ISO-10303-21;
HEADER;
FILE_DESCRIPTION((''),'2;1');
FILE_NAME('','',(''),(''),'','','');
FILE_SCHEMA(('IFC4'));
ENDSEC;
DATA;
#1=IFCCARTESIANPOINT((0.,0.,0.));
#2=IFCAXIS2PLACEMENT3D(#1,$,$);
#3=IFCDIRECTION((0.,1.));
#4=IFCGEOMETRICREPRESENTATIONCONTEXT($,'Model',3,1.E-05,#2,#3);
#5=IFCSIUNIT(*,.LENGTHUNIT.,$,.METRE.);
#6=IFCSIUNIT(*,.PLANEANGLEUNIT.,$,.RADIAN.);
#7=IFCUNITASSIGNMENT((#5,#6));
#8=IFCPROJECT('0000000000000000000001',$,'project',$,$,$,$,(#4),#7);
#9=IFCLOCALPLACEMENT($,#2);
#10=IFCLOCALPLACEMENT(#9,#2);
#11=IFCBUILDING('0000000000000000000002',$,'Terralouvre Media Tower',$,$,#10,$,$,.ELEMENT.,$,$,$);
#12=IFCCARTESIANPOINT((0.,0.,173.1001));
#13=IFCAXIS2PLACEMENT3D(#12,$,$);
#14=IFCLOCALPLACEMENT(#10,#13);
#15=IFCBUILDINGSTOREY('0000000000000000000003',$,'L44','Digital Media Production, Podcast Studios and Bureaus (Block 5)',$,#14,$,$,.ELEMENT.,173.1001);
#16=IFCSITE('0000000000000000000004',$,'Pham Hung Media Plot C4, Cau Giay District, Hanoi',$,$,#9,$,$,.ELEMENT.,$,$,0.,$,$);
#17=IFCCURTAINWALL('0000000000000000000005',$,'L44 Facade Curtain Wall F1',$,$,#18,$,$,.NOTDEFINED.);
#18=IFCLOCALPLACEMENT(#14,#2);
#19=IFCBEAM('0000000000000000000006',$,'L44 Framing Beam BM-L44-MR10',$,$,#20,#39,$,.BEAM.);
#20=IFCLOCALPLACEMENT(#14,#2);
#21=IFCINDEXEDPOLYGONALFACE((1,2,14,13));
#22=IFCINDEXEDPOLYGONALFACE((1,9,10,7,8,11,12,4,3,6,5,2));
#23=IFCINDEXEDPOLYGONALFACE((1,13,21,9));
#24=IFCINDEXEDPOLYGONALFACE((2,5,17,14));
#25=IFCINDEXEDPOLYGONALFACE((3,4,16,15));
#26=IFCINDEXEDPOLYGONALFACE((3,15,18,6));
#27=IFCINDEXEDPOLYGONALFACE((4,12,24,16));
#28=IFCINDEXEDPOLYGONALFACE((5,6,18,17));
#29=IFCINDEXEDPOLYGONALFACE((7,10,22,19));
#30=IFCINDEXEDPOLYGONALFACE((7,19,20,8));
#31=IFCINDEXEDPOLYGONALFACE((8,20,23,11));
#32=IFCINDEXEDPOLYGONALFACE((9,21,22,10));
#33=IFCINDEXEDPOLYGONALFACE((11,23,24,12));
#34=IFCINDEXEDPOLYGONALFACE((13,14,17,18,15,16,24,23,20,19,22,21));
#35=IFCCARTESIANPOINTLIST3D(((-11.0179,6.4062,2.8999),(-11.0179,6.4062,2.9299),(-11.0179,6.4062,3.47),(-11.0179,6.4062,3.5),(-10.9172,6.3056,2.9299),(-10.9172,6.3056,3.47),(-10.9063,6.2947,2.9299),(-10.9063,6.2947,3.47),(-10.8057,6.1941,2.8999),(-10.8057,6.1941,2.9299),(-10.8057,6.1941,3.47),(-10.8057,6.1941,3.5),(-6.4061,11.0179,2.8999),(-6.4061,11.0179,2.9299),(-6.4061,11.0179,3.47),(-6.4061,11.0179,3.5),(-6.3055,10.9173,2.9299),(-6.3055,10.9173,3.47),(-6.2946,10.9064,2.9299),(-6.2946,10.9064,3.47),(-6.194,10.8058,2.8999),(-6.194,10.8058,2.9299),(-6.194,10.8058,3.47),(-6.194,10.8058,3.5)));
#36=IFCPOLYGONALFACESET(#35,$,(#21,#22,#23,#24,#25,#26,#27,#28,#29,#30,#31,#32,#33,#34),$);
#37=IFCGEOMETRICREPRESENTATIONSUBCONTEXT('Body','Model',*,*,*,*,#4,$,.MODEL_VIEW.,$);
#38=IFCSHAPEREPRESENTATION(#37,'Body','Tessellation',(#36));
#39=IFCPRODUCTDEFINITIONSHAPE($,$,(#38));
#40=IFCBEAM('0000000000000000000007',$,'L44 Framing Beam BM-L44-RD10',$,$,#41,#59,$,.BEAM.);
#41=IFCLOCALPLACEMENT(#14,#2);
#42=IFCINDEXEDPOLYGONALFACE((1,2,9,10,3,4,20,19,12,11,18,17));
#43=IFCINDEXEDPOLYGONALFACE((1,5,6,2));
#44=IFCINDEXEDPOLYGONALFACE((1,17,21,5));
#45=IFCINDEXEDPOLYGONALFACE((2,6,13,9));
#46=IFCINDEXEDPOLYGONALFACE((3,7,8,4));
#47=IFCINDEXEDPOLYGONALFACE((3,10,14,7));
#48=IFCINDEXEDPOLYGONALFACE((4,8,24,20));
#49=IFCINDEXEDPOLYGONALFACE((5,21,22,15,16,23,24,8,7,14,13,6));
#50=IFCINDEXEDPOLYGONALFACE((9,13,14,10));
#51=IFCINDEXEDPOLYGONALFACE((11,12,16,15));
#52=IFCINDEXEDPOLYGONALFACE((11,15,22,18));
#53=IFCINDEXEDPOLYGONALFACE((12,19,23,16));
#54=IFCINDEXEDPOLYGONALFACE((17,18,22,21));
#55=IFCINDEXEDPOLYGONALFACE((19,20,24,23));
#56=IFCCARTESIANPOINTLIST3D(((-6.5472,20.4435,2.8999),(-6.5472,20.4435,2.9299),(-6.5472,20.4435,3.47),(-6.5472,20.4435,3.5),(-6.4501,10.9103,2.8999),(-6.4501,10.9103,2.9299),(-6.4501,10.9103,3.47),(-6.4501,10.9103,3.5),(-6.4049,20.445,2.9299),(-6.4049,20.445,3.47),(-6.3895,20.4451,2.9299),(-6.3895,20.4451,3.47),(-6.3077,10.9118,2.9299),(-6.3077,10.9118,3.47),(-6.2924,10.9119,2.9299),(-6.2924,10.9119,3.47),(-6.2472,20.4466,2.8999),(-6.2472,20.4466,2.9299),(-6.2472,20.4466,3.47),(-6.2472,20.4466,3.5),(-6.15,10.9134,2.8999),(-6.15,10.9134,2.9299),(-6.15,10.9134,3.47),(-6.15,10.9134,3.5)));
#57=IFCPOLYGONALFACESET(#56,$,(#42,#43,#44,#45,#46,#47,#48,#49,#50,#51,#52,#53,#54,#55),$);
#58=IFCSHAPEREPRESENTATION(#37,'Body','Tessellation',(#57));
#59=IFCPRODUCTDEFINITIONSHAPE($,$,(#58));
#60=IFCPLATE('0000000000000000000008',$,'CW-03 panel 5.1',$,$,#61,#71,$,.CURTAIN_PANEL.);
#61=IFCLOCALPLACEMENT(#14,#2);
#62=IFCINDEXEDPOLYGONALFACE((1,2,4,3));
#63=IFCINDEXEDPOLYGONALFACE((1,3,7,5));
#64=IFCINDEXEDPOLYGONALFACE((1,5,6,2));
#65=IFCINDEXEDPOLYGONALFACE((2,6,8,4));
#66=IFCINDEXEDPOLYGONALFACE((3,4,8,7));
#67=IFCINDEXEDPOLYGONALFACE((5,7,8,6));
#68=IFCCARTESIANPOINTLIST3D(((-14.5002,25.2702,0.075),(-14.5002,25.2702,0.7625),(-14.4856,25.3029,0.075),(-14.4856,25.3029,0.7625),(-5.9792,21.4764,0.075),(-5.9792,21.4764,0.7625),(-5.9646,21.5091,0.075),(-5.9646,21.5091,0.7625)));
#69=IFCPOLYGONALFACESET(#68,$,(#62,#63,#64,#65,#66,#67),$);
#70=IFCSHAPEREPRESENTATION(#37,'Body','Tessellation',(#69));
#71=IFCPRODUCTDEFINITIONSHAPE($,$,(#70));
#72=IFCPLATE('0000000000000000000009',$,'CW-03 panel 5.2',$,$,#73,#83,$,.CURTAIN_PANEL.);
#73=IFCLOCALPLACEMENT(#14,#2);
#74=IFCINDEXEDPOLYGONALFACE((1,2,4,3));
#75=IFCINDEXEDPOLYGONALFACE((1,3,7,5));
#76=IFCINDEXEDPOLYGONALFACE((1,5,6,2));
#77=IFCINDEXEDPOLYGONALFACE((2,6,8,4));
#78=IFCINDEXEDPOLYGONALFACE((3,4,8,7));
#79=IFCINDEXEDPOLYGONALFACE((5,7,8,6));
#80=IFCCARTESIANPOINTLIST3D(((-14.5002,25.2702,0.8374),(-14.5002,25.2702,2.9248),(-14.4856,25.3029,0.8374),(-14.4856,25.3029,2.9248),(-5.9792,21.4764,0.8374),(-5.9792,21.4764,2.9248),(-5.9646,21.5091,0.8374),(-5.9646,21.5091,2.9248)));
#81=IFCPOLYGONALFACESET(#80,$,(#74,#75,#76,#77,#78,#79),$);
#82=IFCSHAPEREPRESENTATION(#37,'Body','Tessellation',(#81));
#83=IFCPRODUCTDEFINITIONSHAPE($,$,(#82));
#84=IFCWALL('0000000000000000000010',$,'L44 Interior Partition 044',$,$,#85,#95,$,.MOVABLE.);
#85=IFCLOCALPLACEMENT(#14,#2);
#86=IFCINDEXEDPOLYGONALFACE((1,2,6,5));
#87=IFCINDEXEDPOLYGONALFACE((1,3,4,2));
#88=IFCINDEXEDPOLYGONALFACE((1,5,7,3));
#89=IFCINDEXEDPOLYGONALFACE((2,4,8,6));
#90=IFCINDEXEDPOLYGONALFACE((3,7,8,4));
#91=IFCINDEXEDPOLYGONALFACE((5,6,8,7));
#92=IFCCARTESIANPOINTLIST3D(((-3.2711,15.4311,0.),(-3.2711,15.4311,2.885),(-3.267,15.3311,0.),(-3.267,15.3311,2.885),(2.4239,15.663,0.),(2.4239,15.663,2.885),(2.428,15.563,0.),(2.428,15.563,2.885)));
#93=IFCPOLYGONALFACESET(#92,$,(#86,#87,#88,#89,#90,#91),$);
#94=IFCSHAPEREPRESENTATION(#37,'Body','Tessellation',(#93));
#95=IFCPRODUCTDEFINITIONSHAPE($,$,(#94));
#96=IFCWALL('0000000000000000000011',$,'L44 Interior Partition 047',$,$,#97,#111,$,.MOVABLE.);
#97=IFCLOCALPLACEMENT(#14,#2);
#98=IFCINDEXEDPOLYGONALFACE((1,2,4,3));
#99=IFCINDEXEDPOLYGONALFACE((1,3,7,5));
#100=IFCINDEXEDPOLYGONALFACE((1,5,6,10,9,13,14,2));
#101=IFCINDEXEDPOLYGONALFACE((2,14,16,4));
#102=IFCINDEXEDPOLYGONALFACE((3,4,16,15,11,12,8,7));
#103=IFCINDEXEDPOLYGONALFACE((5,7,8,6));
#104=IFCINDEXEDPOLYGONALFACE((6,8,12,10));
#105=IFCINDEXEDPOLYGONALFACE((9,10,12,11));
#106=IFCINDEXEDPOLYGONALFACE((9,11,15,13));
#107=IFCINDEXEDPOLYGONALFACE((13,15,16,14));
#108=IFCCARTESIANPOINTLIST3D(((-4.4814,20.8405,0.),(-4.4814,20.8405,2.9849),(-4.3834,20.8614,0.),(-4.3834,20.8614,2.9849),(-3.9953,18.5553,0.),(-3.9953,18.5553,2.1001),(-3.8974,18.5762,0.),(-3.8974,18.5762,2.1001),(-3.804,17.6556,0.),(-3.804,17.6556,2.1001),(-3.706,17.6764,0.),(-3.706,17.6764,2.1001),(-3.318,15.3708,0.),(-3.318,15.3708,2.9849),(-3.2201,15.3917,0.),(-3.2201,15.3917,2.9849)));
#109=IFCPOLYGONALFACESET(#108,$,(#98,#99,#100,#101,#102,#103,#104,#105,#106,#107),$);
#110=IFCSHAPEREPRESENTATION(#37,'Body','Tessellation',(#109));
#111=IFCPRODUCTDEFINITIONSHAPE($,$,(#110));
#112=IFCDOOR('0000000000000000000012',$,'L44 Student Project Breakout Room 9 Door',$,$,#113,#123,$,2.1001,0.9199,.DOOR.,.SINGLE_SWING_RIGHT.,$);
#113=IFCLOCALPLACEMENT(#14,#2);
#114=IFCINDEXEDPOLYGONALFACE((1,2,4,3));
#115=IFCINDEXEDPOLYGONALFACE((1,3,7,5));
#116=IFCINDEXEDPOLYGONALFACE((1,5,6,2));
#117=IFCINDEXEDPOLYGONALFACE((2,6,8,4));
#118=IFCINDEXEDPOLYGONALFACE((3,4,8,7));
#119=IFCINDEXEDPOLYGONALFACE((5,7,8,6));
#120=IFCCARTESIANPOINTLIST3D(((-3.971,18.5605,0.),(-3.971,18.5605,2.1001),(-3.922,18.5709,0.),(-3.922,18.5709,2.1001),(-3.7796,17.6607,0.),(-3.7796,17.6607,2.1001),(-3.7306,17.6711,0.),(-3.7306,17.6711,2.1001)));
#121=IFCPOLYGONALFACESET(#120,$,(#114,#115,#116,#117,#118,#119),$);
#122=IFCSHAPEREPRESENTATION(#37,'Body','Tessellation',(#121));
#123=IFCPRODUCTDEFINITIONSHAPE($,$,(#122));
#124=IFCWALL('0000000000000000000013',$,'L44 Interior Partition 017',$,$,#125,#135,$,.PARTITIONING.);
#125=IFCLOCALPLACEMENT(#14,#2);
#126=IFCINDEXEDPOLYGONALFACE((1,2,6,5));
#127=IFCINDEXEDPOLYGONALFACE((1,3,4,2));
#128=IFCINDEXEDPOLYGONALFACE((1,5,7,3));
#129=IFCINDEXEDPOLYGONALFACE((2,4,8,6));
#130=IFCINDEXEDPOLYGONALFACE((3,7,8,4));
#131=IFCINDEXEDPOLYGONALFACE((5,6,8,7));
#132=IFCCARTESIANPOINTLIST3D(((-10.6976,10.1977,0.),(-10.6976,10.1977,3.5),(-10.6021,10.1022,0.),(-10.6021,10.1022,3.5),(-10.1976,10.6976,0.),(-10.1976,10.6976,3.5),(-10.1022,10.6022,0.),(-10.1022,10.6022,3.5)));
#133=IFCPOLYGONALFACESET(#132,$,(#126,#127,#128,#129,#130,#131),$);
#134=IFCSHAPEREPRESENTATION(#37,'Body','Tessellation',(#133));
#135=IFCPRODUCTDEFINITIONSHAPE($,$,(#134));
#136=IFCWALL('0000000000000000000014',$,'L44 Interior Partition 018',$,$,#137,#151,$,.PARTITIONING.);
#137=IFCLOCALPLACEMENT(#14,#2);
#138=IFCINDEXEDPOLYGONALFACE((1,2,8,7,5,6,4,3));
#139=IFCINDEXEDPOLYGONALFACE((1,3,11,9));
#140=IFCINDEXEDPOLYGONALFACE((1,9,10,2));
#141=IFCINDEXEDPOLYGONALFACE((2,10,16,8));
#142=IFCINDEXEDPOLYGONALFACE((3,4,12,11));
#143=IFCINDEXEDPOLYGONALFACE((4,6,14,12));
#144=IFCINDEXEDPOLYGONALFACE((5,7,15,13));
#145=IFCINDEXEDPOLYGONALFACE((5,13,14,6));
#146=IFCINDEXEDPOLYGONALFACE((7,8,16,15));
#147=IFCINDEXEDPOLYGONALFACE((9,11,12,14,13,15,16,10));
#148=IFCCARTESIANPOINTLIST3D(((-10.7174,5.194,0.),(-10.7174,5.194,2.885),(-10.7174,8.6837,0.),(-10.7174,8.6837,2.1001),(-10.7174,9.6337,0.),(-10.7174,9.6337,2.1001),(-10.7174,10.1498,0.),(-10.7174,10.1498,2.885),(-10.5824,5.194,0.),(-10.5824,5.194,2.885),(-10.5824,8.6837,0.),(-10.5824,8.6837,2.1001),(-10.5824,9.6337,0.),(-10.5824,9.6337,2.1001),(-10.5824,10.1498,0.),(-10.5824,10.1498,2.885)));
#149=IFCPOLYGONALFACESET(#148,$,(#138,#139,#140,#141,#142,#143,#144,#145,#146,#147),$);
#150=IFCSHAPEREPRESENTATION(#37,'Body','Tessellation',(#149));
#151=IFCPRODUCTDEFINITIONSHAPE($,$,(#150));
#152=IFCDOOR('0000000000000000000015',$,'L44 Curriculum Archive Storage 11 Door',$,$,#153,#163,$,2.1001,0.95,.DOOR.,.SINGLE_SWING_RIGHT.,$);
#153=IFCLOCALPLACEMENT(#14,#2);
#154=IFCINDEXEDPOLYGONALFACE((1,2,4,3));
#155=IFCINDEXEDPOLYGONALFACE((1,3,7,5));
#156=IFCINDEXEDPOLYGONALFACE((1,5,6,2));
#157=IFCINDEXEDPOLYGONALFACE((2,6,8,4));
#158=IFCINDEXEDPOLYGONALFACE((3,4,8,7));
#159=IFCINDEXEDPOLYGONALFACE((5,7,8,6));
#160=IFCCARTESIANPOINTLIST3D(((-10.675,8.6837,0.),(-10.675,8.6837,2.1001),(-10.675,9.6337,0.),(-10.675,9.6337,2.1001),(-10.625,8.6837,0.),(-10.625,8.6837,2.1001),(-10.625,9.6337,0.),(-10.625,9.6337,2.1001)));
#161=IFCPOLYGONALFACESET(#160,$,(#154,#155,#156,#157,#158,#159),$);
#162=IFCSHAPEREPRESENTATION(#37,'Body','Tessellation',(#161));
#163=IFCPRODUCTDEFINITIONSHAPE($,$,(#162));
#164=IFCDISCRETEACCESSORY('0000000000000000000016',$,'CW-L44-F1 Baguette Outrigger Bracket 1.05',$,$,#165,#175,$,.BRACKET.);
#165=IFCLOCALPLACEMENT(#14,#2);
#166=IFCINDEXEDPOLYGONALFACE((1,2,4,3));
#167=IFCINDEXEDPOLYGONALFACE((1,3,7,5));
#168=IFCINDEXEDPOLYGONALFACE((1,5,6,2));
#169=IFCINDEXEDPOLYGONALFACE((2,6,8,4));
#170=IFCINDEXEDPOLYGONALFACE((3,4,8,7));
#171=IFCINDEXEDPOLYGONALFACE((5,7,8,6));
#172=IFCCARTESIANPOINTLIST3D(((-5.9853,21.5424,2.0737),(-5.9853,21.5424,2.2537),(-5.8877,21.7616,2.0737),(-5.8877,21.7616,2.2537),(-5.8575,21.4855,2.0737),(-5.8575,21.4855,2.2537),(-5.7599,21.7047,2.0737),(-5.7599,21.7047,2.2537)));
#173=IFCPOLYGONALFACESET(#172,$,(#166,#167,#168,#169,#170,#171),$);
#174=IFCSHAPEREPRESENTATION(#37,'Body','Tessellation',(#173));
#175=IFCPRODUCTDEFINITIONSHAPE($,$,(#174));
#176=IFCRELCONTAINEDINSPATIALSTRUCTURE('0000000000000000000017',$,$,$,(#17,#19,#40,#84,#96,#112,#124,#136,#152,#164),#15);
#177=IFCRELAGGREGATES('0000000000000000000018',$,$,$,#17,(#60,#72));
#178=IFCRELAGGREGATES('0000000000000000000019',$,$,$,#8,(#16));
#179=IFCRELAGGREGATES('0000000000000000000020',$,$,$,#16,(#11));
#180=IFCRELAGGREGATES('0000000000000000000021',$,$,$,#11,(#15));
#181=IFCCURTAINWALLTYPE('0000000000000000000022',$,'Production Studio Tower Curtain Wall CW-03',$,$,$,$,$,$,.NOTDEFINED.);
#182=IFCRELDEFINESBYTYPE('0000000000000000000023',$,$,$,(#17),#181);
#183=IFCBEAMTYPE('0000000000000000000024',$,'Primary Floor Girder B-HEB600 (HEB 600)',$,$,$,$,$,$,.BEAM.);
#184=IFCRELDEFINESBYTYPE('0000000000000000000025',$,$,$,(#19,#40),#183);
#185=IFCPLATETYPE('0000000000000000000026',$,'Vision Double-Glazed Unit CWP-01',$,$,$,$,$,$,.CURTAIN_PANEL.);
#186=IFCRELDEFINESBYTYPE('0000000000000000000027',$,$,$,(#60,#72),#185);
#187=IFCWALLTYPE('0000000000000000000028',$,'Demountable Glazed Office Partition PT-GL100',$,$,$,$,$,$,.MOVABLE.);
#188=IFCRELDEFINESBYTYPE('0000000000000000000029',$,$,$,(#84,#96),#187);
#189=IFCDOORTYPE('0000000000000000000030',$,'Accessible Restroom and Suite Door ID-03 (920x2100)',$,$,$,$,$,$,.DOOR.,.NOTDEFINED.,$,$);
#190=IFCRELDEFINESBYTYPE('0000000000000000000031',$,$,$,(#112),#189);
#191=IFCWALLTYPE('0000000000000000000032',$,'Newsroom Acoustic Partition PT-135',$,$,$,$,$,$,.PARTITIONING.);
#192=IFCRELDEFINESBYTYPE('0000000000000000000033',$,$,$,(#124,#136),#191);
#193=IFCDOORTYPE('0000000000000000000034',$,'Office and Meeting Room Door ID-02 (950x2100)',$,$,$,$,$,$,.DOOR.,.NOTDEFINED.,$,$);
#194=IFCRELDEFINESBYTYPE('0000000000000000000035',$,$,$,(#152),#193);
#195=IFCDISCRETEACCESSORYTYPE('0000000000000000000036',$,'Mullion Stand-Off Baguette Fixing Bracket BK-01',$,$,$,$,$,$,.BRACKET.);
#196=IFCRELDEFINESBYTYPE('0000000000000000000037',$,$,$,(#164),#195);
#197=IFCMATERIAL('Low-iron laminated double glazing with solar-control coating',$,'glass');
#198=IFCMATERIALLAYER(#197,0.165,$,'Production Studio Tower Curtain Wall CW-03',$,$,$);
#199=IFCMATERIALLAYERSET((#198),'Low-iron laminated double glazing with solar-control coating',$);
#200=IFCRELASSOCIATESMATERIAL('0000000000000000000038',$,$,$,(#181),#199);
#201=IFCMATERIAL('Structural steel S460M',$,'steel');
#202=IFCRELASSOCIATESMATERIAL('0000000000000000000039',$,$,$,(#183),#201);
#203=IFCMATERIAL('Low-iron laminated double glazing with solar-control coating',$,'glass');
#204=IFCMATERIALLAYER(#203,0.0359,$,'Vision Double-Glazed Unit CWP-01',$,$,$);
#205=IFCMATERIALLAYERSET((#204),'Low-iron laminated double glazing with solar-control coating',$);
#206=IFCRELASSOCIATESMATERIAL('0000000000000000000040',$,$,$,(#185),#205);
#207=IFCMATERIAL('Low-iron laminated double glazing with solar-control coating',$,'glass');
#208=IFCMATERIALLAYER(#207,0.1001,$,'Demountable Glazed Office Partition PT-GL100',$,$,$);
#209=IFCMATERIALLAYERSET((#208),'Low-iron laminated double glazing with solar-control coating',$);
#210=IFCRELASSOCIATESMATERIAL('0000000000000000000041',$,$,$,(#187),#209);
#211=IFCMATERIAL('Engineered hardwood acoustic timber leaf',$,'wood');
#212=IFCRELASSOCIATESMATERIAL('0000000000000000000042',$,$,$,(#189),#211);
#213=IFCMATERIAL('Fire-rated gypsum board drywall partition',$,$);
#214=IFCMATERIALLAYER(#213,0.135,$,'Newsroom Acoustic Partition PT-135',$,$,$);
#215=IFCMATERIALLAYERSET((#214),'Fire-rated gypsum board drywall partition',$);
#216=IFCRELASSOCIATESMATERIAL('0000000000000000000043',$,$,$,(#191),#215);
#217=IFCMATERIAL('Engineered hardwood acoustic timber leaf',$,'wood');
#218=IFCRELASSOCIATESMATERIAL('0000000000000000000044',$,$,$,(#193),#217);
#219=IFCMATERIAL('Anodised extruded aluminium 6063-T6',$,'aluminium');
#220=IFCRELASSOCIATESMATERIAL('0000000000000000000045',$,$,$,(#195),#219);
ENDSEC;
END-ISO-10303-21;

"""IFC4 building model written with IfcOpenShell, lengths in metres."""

from ifc_helpers import new_model, si_unit, direction, frame, frame_2d, origin, origin_2d, place, context, subcontext, project, spatial, rectangle, i_section, extrude, material, layer, layer_set, material_profile, profile_set, type_object, element, fill, aggregate, save


model = new_model("IFC4")

# Units and contexts
model_context = context("Model", 3, precision=1e-05, world=origin(), true_north=direction((0.0, 1.0)))
body_context = subcontext(model_context, "Body", "Model", "MODEL_VIEW")
ifc_project = project(units=[si_unit("LENGTHUNIT", "METRE"), si_unit("PLANEANGLEUNIT", "RADIAN")], contexts=[model_context])

# Site, building, storey
site_placement = place(None, origin())
site = spatial("IfcSite", under=ifc_project, at=site_placement, Name="Pham Hung Media Plot C4, Cau Giay District, Hanoi", CompositionType="ELEMENT", RefElevation=0.0)
building_placement = place(site_placement, origin())
building = spatial("IfcBuilding", under=site, at=building_placement, Name="Terralouvre Media Tower", CompositionType="ELEMENT")
storey_placement = place(building_placement, frame((0.0, 0.0, 173.1001)))
storey = spatial("IfcBuildingStorey", under=building, at=storey_placement, Name="L44", Description="Digital Media Production, Podcast Studios and Bureaus (Block 5)", CompositionType="ELEMENT", Elevation=173.1001)

# Curtain wall
ifc_material_1 = material(Name="Low-iron laminated double glazing with solar-control coating", Category="glass")
ifc_layer_1 = layer(ifc_material_1, 0.165, Name="Production Studio Tower Curtain Wall CW-03")
ifc_layer_set_1 = layer_set([ifc_layer_1], Name="Low-iron laminated double glazing with solar-control coating")
curtain_wall_type_1 = type_object("IfcCurtainWallType", Name="Production Studio Tower Curtain Wall CW-03", PredefinedType="NOTDEFINED", material=ifc_layer_set_1)
curtain_wall_1_placement = place(storey_placement, origin())
curtain_wall_1 = element("IfcCurtainWall", 1, at=curtain_wall_1_placement, inside=storey, type_object=curtain_wall_type_1, Name="L44 Facade Curtain Wall F1", PredefinedType="NOTDEFINED")

# Beams
ifc_material_2 = material(Name="Structural steel S460M", Category="steel")
ifc_material_profile_1 = material_profile(ifc_material_2, i_section(OverallWidth=0.3, OverallDepth=0.6001, WebThickness=0.0154, FlangeThickness=0.03, at=origin_2d()), Name="HEB 600")
ifc_profile_set_1 = profile_set([ifc_material_profile_1], Name="Structural steel S460M")
beam_type_1 = type_object("IfcBeamType", Name="Primary Floor Girder B-HEB600 (HEB 600)", PredefinedType="BEAM", material=ifc_profile_set_1)
beam_1_placement = place(storey_placement, frame((-6.3, 10.9119, 3.2), z_axis=(-0.707107, -0.707107, 0.0), x_axis=(0.707107, -0.707107, 0.0)))
element("IfcBeam", 2, at=beam_1_placement, inside=storey, type_object=beam_type_1, Name="L44 Framing Beam BM-L44-MR10", PredefinedType="BEAM", context=body_context, shape_type="SweptSolid", body=[
    extrude(i_section(OverallWidth=0.3, OverallDepth=0.6001, WebThickness=0.0154, FlangeThickness=0.03, at=origin_2d()), origin(), (0.0, 0.0, 1.0), 6.522),
])
beam_2_placement = place(storey_placement, frame((-6.3, 10.9119, 3.2), z_axis=(-0.010192, 0.999948, 0.0), x_axis=(-0.999948, -0.010192, 0.0)))
element("IfcBeam", 3, at=beam_2_placement, inside=storey, type_object=beam_type_1, Name="L44 Framing Beam BM-L44-RD10", PredefinedType="BEAM", context=body_context, shape_type="SweptSolid", body=[
    extrude(i_section(OverallWidth=0.3, OverallDepth=0.6001, WebThickness=0.0154, FlangeThickness=0.03, at=origin_2d()), origin(), (0.0, 0.0, 1.0), 9.5337),
])

# Plates
ifc_material_3 = material(Name="Low-iron laminated double glazing with solar-control coating", Category="glass")
ifc_layer_2 = layer(ifc_material_3, 0.0359, Name="Vision Double-Glazed Unit CWP-01")
ifc_layer_set_2 = layer_set([ifc_layer_2], Name="Low-iron laminated double glazing with solar-control coating")
plate_type = type_object("IfcPlateType", Name="Vision Double-Glazed Unit CWP-01", PredefinedType="CURTAIN_PANEL", material=ifc_layer_set_2)
plate_1_placement = place(storey_placement, frame((-10.2324, 23.3896, 0.075), z_axis=(0.0, 0.0, 1.0), x_axis=(-0.913545, 0.406737, 0.0)))
plate_1 = element("IfcPlate", 4, at=plate_1_placement, type_object=plate_type, Name="CW-03 panel 5.1", PredefinedType="CURTAIN_PANEL", context=body_context, shape_type="SweptSolid", body=[
    extrude(rectangle(XDim=9.3274, YDim=0.0359, at=origin_2d()), origin(), (0.0, 0.0, 1.0), 0.6875),
])
plate_2_placement = place(storey_placement, frame((-10.2324, 23.3896, 0.8374), z_axis=(0.0, 0.0, 1.0), x_axis=(-0.913545, 0.406737, 0.0)))
plate_2 = element("IfcPlate", 5, at=plate_2_placement, type_object=plate_type, Name="CW-03 panel 5.2", PredefinedType="CURTAIN_PANEL", context=body_context, shape_type="SweptSolid", body=[
    extrude(rectangle(XDim=9.3274, YDim=0.0359, at=origin_2d()), origin(), (0.0, 0.0, 1.0), 2.0874),
])
aggregate(curtain_wall_1, [plate_1, plate_2])

# Wall
ifc_material_4 = material(Name="Low-iron laminated double glazing with solar-control coating", Category="glass")
ifc_layer_3 = layer(ifc_material_4, 0.1001, Name="Demountable Glazed Office Partition PT-GL100")
ifc_layer_set_3 = layer_set([ifc_layer_3], Name="Low-iron laminated double glazing with solar-control coating")
wall_type_1 = type_object("IfcWallType", Name="Demountable Glazed Office Partition PT-GL100", PredefinedType="MOVABLE", material=ifc_layer_set_3)
wall_1_placement = place(storey_placement, frame((-3.269, 15.3811, 0.0), z_axis=(0.0, 0.0, 1.0), x_axis=(0.999172, 0.040692, 0.0)))
element("IfcWall", 6, at=wall_1_placement, inside=storey, type_object=wall_type_1, Name="L44 Interior Partition 044", PredefinedType="MOVABLE", context=body_context, shape_type="SweptSolid", body=[
    extrude(rectangle(XDim=5.6997, YDim=0.1001, at=frame_2d((2.8499, 0.0))), origin(), (0.0, 0.0, 1.0), 2.885),
])

# Wall, opening, door
wall_2_placement = place(storey_placement, frame((-4.4324, 20.8508, 0.0), z_axis=(0.0, 0.0, 1.0), x_axis=(0.208032, -0.978122, 0.0)))
wall_2 = element("IfcWall", 7, at=wall_2_placement, inside=storey, type_object=wall_type_1, Name="L44 Interior Partition 047", PredefinedType="MOVABLE", context=body_context, shape_type="SweptSolid", body=[
    extrude(rectangle(XDim=5.592, YDim=0.1001, at=frame_2d((2.7959, 0.0))), origin(), (0.0, 0.0, 1.0), 2.9849),
])
opening_1_placement = place(wall_2_placement, frame((2.3362, 0.0, 0.0)))
opening_1 = element("IfcOpeningElement", 8, at=opening_1_placement, cuts=wall_2, PredefinedType="OPENING", context=body_context, shape_type="SweptSolid", body=[
    extrude(rectangle(XDim=0.9199, YDim=2.1001, at=frame_2d((0.46, 1.05))), frame((0.0, 0.0601, 0.0), z_axis=(0.0, -1.0, 0.0), x_axis=(1.0, 0.0, 0.0)), (0.0, 0.0, 1.0), 0.1201),
])
ifc_material_5 = material(Name="Engineered hardwood acoustic timber leaf", Category="wood")
door_type_1 = type_object("IfcDoorType", Name="Accessible Restroom and Suite Door ID-03 (920x2100)", OperationType="NOTDEFINED", PredefinedType="DOOR", material=ifc_material_5)
door_1_placement = place(opening_1_placement, origin())
door_1 = element("IfcDoor", 9, at=door_1_placement, inside=storey, type_object=door_type_1, Name="L44 Student Project Breakout Room 9 Door", OperationType="SINGLE_SWING_RIGHT", OverallHeight=2.1001, OverallWidth=0.9199, PredefinedType="DOOR", context=body_context, shape_type="SweptSolid", body=[
    extrude(rectangle(XDim=0.9199, YDim=2.1001, at=frame_2d((0.46, 1.05))), frame((0.0, 0.0249, 0.0), z_axis=(0.0, -1.0, 0.0), x_axis=(1.0, 0.0, 0.0)), (0.0, 0.0, 1.0), 0.05),
])
fill(opening_1, door_1)

# Wall
ifc_material_6 = material(Name="Fire-rated gypsum board drywall partition")
ifc_layer_4 = layer(ifc_material_6, 0.135, Name="Newsroom Acoustic Partition PT-135")
ifc_layer_set_4 = layer_set([ifc_layer_4], Name="Fire-rated gypsum board drywall partition")
wall_type_2 = type_object("IfcWallType", Name="Newsroom Acoustic Partition PT-135", PredefinedType="PARTITIONING", material=ifc_layer_set_4)
wall_3_placement = place(storey_placement, frame((-10.1499, 10.6499, 0.0), z_axis=(0.0, 0.0, 1.0), x_axis=(-0.707107, -0.707107, 0.0)))
element("IfcWall", 10, at=wall_3_placement, inside=storey, type_object=wall_type_2, Name="L44 Interior Partition 017", PredefinedType="PARTITIONING", context=body_context, shape_type="SweptSolid", body=[
    extrude(rectangle(XDim=0.707, YDim=0.135, at=frame_2d((0.3535, 0.0))), origin(), (0.0, 0.0, 1.0), 3.5),
])

# Wall, opening, door
wall_4_placement = place(storey_placement, frame((-10.6499, 10.1499, 0.0), z_axis=(0.0, 0.0, 1.0), x_axis=(0.0, -1.0, 0.0)))
wall_4 = element("IfcWall", 11, at=wall_4_placement, inside=storey, type_object=wall_type_2, Name="L44 Interior Partition 018", PredefinedType="PARTITIONING", context=body_context, shape_type="SweptSolid", body=[
    extrude(rectangle(XDim=4.9558, YDim=0.135, at=frame_2d((2.478, 0.0))), origin(), (0.0, 0.0, 1.0), 2.885),
])
opening_2_placement = place(wall_4_placement, frame((0.5161, 0.0, 0.0)))
opening_2 = element("IfcOpeningElement", 12, at=opening_2_placement, cuts=wall_4, PredefinedType="OPENING", context=body_context, shape_type="SweptSolid", body=[
    extrude(rectangle(XDim=0.95, YDim=2.1001, at=frame_2d((0.4751, 1.05))), frame((0.0, 0.0774, 0.0), z_axis=(0.0, -1.0, 0.0), x_axis=(1.0, 0.0, 0.0)), (0.0, 0.0, 1.0), 0.155),
])
ifc_material_7 = material(Name="Engineered hardwood acoustic timber leaf", Category="wood")
door_type_2 = type_object("IfcDoorType", Name="Office and Meeting Room Door ID-02 (950x2100)", OperationType="NOTDEFINED", PredefinedType="DOOR", material=ifc_material_7)
door_2_placement = place(opening_2_placement, origin())
door_2 = element("IfcDoor", 13, at=door_2_placement, inside=storey, type_object=door_type_2, Name="L44 Curriculum Archive Storage 11 Door", OperationType="SINGLE_SWING_RIGHT", OverallHeight=2.1001, OverallWidth=0.95, PredefinedType="DOOR", context=body_context, shape_type="SweptSolid", body=[
    extrude(rectangle(XDim=0.95, YDim=2.1001, at=frame_2d((0.4751, 1.05))), frame((0.0, 0.0249, 0.0), z_axis=(0.0, -1.0, 0.0), x_axis=(1.0, 0.0, 0.0)), (0.0, 0.0, 1.0), 0.05),
])
fill(opening_2, door_2)

# Discrete accessory
ifc_material_8 = material(Name="Anodised extruded aluminium 6063-T6", Category="aluminium")
discrete_accessory_type = type_object("IfcDiscreteAccessoryType", Name="Mullion Stand-Off Baguette Fixing Bracket BK-01", PredefinedType="BRACKET", material=ifc_material_8)
for number, where, z_axis, x_axis, name in (
    (14, (-5.8726, 21.6235, 2.0737), (0.0, 0.0, 1.0), (-0.913545, 0.406737, 0.0), "CW-L44-F1 Baguette Outrigger Bracket 1.05"),
):
    element("IfcDiscreteAccessory", number, at=place(storey_placement, frame(where, z_axis=z_axis, x_axis=x_axis)), inside=storey, type_object=discrete_accessory_type, Name=name, PredefinedType="BRACKET", context=body_context, shape_type="SweptSolid", body=[
        extrude(rectangle(XDim=0.1399, YDim=0.24, at=origin_2d()), origin(), (0.0, 0.0, 1.0), 0.1799),
    ])

save(model, "model.ifc")
